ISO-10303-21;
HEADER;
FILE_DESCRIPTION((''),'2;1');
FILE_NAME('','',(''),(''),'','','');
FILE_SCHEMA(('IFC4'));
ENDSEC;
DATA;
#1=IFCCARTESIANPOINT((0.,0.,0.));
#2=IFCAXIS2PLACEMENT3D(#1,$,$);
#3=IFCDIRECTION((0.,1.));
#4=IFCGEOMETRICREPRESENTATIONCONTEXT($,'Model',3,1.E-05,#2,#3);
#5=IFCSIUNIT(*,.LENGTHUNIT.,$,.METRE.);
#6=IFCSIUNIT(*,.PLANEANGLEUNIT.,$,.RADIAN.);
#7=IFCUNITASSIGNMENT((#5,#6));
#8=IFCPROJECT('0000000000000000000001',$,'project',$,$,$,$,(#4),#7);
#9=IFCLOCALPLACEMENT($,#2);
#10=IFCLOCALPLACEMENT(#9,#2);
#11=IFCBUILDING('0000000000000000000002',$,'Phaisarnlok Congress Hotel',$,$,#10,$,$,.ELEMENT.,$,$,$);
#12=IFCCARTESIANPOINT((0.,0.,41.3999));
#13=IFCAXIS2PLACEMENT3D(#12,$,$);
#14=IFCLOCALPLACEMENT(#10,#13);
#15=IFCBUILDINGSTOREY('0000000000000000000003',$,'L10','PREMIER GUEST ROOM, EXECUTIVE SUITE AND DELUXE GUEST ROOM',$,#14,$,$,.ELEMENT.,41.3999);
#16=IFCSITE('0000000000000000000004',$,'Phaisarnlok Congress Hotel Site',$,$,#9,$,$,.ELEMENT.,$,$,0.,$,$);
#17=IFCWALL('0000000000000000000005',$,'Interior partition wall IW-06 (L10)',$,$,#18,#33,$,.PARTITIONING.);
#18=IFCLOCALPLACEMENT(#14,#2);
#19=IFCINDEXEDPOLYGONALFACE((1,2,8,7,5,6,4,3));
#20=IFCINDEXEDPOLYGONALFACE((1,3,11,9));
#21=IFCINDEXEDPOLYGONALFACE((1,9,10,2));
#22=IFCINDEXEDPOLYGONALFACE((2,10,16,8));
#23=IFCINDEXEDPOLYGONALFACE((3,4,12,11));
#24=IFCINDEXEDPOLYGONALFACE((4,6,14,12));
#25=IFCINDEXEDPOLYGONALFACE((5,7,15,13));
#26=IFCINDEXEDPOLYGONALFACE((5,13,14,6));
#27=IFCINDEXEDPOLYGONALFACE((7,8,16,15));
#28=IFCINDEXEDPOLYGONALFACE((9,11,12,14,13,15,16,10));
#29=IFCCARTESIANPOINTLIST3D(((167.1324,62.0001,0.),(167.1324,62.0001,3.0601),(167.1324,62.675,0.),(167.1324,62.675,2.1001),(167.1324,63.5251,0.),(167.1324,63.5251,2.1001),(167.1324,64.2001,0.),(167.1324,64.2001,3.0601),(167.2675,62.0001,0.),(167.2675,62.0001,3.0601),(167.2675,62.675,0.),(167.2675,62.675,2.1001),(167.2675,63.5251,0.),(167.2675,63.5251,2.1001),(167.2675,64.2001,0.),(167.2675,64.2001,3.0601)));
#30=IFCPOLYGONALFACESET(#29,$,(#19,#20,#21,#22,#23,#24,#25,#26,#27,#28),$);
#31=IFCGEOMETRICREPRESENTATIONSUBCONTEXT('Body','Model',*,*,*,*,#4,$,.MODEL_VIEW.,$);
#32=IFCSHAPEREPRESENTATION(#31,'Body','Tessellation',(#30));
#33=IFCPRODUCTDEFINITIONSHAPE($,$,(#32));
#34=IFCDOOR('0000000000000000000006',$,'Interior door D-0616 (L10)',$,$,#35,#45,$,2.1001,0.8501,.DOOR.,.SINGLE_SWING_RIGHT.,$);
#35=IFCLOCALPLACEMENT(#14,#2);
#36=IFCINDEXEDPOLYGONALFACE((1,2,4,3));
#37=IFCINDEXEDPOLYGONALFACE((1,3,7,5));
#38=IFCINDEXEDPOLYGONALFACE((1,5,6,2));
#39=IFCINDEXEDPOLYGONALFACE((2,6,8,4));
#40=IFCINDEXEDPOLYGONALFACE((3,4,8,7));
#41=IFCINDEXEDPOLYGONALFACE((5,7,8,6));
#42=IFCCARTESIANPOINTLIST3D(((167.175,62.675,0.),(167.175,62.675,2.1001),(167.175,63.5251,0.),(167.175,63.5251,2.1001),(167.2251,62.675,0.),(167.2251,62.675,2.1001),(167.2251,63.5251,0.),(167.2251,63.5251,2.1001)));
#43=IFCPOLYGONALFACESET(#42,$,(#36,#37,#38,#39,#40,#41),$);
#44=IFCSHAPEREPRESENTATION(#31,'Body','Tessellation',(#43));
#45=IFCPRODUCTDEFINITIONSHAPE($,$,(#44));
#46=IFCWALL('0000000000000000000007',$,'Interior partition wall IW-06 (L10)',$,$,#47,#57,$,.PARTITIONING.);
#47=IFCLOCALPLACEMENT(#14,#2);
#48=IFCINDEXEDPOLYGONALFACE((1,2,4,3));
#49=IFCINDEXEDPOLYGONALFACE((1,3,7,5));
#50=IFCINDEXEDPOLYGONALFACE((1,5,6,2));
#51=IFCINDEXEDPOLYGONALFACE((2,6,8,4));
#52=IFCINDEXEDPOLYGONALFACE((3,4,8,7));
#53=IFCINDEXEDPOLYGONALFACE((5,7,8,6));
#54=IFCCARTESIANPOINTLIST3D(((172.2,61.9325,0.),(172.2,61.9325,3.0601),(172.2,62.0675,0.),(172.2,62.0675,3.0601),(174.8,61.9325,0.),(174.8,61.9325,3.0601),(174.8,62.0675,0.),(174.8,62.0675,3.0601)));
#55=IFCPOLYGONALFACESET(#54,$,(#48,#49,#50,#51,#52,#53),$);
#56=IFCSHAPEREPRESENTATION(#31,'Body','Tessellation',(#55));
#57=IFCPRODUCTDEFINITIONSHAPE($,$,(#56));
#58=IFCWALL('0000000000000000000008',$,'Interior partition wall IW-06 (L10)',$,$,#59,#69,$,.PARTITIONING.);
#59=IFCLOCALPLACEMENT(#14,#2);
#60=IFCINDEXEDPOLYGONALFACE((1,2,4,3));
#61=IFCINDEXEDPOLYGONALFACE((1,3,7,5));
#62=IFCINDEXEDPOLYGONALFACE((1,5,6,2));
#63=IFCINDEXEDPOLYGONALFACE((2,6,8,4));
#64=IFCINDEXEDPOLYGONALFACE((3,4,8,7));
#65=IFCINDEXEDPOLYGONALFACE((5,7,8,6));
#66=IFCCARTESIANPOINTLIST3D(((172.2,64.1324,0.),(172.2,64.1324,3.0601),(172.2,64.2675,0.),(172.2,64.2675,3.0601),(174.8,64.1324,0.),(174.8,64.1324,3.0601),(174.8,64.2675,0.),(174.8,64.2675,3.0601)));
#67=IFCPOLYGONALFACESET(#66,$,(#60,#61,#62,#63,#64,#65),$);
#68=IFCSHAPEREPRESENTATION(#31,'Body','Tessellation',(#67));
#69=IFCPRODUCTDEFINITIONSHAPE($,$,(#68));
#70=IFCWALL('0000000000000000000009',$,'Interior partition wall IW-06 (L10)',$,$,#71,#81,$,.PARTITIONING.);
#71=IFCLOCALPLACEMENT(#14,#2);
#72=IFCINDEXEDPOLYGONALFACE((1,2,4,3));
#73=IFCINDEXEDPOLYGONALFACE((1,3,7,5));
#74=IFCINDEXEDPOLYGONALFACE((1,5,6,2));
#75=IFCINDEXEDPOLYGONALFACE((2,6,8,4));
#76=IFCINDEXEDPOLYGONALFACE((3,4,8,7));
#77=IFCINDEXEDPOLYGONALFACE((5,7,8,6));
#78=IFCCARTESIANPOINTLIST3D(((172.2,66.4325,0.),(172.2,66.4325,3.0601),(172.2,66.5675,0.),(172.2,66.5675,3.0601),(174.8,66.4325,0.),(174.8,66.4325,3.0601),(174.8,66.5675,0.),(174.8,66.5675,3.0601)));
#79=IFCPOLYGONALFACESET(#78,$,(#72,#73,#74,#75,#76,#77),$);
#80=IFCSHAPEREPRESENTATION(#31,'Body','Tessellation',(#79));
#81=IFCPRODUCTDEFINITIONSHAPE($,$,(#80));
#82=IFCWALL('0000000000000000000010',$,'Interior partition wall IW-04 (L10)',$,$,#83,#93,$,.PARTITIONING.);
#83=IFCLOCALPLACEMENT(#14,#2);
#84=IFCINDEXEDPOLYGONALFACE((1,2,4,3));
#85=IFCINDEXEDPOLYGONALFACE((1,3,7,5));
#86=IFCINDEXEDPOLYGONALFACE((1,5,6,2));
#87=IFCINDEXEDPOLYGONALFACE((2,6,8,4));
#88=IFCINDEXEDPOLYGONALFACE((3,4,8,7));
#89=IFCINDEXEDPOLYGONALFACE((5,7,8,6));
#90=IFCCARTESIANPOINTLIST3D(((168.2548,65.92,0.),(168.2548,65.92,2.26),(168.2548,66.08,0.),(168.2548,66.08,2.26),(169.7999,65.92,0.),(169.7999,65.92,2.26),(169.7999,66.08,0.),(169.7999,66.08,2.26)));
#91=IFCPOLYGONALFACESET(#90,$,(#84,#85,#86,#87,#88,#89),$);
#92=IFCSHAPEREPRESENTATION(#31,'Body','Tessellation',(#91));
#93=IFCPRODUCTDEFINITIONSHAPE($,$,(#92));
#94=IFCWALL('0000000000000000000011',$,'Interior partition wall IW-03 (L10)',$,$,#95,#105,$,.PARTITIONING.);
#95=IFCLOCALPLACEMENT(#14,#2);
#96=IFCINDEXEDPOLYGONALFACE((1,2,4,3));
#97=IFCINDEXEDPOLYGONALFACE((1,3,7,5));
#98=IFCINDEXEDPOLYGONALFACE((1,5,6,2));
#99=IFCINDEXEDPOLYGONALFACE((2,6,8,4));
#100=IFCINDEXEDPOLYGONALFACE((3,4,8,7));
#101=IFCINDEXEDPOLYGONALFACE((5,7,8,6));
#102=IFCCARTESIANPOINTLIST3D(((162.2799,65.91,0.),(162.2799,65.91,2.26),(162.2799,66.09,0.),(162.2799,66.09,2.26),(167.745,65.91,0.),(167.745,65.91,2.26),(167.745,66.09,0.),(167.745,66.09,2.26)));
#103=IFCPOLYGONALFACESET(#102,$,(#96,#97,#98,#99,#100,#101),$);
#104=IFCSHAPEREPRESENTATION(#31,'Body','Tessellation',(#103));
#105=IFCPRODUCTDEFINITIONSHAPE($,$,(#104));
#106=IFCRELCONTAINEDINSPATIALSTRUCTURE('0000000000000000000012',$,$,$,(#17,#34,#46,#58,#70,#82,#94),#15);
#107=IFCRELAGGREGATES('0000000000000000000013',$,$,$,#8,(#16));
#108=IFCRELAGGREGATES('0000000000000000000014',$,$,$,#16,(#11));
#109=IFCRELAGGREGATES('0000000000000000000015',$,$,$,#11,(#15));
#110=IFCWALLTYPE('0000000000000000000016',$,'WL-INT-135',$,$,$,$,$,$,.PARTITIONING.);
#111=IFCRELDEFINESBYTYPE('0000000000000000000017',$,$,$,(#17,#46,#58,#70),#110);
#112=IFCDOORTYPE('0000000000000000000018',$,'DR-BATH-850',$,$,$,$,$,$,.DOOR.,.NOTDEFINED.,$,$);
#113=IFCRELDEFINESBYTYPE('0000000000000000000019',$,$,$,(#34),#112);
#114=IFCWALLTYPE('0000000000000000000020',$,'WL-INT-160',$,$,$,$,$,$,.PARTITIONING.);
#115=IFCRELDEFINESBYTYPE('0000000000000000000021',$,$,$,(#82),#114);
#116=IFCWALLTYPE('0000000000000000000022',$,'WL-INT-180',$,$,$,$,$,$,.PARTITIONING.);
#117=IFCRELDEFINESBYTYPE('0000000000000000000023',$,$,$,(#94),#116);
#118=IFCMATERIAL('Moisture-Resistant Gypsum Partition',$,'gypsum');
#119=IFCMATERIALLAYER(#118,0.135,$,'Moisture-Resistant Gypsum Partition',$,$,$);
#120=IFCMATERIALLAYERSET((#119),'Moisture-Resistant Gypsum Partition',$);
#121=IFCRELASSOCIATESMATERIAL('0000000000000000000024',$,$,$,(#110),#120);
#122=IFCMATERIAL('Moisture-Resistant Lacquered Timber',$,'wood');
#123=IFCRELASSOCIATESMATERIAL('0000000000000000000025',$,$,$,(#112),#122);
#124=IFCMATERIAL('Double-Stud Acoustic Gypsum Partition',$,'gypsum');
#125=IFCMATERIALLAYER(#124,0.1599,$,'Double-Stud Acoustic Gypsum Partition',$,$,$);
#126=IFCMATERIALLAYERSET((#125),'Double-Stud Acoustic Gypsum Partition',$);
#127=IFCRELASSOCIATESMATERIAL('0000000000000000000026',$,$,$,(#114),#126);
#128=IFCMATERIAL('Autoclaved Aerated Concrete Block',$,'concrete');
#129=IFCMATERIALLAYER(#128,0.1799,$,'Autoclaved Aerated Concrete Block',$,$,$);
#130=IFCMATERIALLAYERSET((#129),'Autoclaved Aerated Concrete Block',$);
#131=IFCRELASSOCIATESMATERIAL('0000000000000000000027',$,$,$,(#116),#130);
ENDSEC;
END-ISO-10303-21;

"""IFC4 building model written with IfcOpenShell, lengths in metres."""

from ifc_helpers import new_model, si_unit, direction, frame, frame_2d, origin, place, context, subcontext, project, spatial, rectangle, extrude, material, layer, layer_set, type_object, element, fill, save


model = new_model("IFC4")

# Units and contexts
model_context = context("Model", 3, precision=1e-05, world=origin(), true_north=direction((0.0, 1.0)))
body_context = subcontext(model_context, "Body", "Model", "MODEL_VIEW")
ifc_project = project(units=[si_unit("LENGTHUNIT", "METRE"), si_unit("PLANEANGLEUNIT", "RADIAN")], contexts=[model_context])

# Site, building, storey
site_placement = place(None, origin())
site = spatial("IfcSite", under=ifc_project, at=site_placement, Name="Phaisarnlok Congress Hotel Site", CompositionType="ELEMENT", RefElevation=0.0)
building_placement = place(site_placement, origin())
building = spatial("IfcBuilding", under=site, at=building_placement, Name="Phaisarnlok Congress Hotel", CompositionType="ELEMENT")
storey_placement = place(building_placement, frame((0.0, 0.0, 41.3999)))
storey = spatial("IfcBuildingStorey", under=building, at=storey_placement, Name="L10", Description="PREMIER GUEST ROOM, EXECUTIVE SUITE AND DELUXE GUEST ROOM", CompositionType="ELEMENT", Elevation=41.3999)

# Wall, opening, door
ifc_material_1 = material(Name="Moisture-Resistant Gypsum Partition", Category="gypsum")
ifc_layer_1 = layer(ifc_material_1, 0.135, Name="Moisture-Resistant Gypsum Partition")
ifc_layer_set_1 = layer_set([ifc_layer_1], Name="Moisture-Resistant Gypsum Partition")
wall_type_1 = type_object("IfcWallType", Name="WL-INT-135", PredefinedType="PARTITIONING", material=ifc_layer_set_1)
wall_1_placement = place(storey_placement, frame((167.2, 62.0, 0.0), z_axis=(0.0, 0.0, 1.0), x_axis=(0.0, 1.0, 0.0)))
wall_1 = element("IfcWall", 1, at=wall_1_placement, inside=storey, type_object=wall_type_1, Name="Interior partition wall IW-06 (L10)", PredefinedType="PARTITIONING", context=body_context, shape_type="SweptSolid", body=[
    extrude(rectangle(XDim=2.2, YDim=0.135, at=frame_2d((1.1001, 0.0))), origin(), (0.0, 0.0, 1.0), 3.0601),
])
opening_placement = place(wall_1_placement, frame((0.675, 0.0, 0.0)))
opening = element("IfcOpeningElement", 2, at=opening_placement, cuts=wall_1, PredefinedType="OPENING", context=body_context, shape_type="SweptSolid", body=[
    extrude(rectangle(XDim=0.8501, YDim=2.1001, at=frame_2d((0.425, 1.05))), frame((0.0, 0.0776, 0.0), z_axis=(0.0, -1.0, 0.0), x_axis=(1.0, 0.0, 0.0)), (0.0, 0.0, 1.0), 0.155),
])
ifc_material_2 = material(Name="Moisture-Resistant Lacquered Timber", Category="wood")
door_type = type_object("IfcDoorType", Name="DR-BATH-850", OperationType="NOTDEFINED", PredefinedType="DOOR", material=ifc_material_2)
door_placement = place(opening_placement, origin())
door = element("IfcDoor", 3, at=door_placement, inside=storey, type_object=door_type, Name="Interior door D-0616 (L10)", OperationType="SINGLE_SWING_RIGHT", OverallHeight=2.1001, OverallWidth=0.8501, PredefinedType="DOOR", context=body_context, shape_type="SweptSolid", body=[
    extrude(rectangle(XDim=0.8501, YDim=2.1001, at=frame_2d((0.425, 1.05))), frame((0.0, 0.0249, 0.0), z_axis=(0.0, -1.0, 0.0), x_axis=(1.0, 0.0, 0.0)), (0.0, 0.0, 1.0), 0.05),
])
fill(opening, door)

# Walls
for number, where, z_axis, x_axis, name in (
    (4, (172.2, 62.0, 0.0), (0.0, 0.0, 1.0), (1.0, 0.0, 0.0), "Interior partition wall IW-06 (L10)"),
    (5, (172.2, 64.2, 0.0), (0.0, 0.0, 1.0), (1.0, 0.0, 0.0), "Interior partition wall IW-06 (L10)"),
    (6, (172.2, 66.5, 0.0), (0.0, 0.0, 1.0), (1.0, 0.0, 0.0), "Interior partition wall IW-06 (L10)"),
):
    element("IfcWall", number, at=place(storey_placement, frame(where, z_axis=z_axis, x_axis=x_axis)), inside=storey, type_object=wall_type_1, Name=name, PredefinedType="PARTITIONING", context=body_context, shape_type="SweptSolid", body=[
        extrude(rectangle(XDim=2.6001, YDim=0.135, at=frame_2d((1.3, 0.0))), origin(), (0.0, 0.0, 1.0), 3.0601),
    ])
ifc_material_3 = material(Name="Double-Stud Acoustic Gypsum Partition", Category="gypsum")
ifc_layer_2 = layer(ifc_material_3, 0.1599, Name="Double-Stud Acoustic Gypsum Partition")
ifc_layer_set_2 = layer_set([ifc_layer_2], Name="Double-Stud Acoustic Gypsum Partition")
wall_type_2 = type_object("IfcWallType", Name="WL-INT-160", PredefinedType="PARTITIONING", material=ifc_layer_set_2)
wall_2_placement = place(storey_placement, frame((168.2549, 66.0, 0.0), z_axis=(0.0, 0.0, 1.0), x_axis=(1.0, 0.0, 0.0)))
element("IfcWall", 7, at=wall_2_placement, inside=storey, type_object=wall_type_2, Name="Interior partition wall IW-04 (L10)", PredefinedType="PARTITIONING", context=body_context, shape_type="SweptSolid", body=[
    extrude(rectangle(XDim=1.5452, YDim=0.1599, at=frame_2d((0.7725, 0.0))), origin(), (0.0, 0.0, 1.0), 2.26),
])
ifc_material_4 = material(Name="Autoclaved Aerated Concrete Block", Category="concrete")
ifc_layer_3 = layer(ifc_material_4, 0.1799, Name="Autoclaved Aerated Concrete Block")
ifc_layer_set_3 = layer_set([ifc_layer_3], Name="Autoclaved Aerated Concrete Block")
wall_type_3 = type_object("IfcWallType", Name="WL-INT-180", PredefinedType="PARTITIONING", material=ifc_layer_set_3)
wall_3_placement = place(storey_placement, frame((162.28, 66.0, 0.0), z_axis=(0.0, 0.0, 1.0), x_axis=(1.0, 0.0, 0.0)))
element("IfcWall", 8, at=wall_3_placement, inside=storey, type_object=wall_type_3, Name="Interior partition wall IW-03 (L10)", PredefinedType="PARTITIONING", context=body_context, shape_type="SweptSolid", body=[
    extrude(rectangle(XDim=5.4651, YDim=0.1799, at=frame_2d((2.7324, 0.0))), origin(), (0.0, 0.0, 1.0), 2.26),
])

save(model, "model.ifc")
